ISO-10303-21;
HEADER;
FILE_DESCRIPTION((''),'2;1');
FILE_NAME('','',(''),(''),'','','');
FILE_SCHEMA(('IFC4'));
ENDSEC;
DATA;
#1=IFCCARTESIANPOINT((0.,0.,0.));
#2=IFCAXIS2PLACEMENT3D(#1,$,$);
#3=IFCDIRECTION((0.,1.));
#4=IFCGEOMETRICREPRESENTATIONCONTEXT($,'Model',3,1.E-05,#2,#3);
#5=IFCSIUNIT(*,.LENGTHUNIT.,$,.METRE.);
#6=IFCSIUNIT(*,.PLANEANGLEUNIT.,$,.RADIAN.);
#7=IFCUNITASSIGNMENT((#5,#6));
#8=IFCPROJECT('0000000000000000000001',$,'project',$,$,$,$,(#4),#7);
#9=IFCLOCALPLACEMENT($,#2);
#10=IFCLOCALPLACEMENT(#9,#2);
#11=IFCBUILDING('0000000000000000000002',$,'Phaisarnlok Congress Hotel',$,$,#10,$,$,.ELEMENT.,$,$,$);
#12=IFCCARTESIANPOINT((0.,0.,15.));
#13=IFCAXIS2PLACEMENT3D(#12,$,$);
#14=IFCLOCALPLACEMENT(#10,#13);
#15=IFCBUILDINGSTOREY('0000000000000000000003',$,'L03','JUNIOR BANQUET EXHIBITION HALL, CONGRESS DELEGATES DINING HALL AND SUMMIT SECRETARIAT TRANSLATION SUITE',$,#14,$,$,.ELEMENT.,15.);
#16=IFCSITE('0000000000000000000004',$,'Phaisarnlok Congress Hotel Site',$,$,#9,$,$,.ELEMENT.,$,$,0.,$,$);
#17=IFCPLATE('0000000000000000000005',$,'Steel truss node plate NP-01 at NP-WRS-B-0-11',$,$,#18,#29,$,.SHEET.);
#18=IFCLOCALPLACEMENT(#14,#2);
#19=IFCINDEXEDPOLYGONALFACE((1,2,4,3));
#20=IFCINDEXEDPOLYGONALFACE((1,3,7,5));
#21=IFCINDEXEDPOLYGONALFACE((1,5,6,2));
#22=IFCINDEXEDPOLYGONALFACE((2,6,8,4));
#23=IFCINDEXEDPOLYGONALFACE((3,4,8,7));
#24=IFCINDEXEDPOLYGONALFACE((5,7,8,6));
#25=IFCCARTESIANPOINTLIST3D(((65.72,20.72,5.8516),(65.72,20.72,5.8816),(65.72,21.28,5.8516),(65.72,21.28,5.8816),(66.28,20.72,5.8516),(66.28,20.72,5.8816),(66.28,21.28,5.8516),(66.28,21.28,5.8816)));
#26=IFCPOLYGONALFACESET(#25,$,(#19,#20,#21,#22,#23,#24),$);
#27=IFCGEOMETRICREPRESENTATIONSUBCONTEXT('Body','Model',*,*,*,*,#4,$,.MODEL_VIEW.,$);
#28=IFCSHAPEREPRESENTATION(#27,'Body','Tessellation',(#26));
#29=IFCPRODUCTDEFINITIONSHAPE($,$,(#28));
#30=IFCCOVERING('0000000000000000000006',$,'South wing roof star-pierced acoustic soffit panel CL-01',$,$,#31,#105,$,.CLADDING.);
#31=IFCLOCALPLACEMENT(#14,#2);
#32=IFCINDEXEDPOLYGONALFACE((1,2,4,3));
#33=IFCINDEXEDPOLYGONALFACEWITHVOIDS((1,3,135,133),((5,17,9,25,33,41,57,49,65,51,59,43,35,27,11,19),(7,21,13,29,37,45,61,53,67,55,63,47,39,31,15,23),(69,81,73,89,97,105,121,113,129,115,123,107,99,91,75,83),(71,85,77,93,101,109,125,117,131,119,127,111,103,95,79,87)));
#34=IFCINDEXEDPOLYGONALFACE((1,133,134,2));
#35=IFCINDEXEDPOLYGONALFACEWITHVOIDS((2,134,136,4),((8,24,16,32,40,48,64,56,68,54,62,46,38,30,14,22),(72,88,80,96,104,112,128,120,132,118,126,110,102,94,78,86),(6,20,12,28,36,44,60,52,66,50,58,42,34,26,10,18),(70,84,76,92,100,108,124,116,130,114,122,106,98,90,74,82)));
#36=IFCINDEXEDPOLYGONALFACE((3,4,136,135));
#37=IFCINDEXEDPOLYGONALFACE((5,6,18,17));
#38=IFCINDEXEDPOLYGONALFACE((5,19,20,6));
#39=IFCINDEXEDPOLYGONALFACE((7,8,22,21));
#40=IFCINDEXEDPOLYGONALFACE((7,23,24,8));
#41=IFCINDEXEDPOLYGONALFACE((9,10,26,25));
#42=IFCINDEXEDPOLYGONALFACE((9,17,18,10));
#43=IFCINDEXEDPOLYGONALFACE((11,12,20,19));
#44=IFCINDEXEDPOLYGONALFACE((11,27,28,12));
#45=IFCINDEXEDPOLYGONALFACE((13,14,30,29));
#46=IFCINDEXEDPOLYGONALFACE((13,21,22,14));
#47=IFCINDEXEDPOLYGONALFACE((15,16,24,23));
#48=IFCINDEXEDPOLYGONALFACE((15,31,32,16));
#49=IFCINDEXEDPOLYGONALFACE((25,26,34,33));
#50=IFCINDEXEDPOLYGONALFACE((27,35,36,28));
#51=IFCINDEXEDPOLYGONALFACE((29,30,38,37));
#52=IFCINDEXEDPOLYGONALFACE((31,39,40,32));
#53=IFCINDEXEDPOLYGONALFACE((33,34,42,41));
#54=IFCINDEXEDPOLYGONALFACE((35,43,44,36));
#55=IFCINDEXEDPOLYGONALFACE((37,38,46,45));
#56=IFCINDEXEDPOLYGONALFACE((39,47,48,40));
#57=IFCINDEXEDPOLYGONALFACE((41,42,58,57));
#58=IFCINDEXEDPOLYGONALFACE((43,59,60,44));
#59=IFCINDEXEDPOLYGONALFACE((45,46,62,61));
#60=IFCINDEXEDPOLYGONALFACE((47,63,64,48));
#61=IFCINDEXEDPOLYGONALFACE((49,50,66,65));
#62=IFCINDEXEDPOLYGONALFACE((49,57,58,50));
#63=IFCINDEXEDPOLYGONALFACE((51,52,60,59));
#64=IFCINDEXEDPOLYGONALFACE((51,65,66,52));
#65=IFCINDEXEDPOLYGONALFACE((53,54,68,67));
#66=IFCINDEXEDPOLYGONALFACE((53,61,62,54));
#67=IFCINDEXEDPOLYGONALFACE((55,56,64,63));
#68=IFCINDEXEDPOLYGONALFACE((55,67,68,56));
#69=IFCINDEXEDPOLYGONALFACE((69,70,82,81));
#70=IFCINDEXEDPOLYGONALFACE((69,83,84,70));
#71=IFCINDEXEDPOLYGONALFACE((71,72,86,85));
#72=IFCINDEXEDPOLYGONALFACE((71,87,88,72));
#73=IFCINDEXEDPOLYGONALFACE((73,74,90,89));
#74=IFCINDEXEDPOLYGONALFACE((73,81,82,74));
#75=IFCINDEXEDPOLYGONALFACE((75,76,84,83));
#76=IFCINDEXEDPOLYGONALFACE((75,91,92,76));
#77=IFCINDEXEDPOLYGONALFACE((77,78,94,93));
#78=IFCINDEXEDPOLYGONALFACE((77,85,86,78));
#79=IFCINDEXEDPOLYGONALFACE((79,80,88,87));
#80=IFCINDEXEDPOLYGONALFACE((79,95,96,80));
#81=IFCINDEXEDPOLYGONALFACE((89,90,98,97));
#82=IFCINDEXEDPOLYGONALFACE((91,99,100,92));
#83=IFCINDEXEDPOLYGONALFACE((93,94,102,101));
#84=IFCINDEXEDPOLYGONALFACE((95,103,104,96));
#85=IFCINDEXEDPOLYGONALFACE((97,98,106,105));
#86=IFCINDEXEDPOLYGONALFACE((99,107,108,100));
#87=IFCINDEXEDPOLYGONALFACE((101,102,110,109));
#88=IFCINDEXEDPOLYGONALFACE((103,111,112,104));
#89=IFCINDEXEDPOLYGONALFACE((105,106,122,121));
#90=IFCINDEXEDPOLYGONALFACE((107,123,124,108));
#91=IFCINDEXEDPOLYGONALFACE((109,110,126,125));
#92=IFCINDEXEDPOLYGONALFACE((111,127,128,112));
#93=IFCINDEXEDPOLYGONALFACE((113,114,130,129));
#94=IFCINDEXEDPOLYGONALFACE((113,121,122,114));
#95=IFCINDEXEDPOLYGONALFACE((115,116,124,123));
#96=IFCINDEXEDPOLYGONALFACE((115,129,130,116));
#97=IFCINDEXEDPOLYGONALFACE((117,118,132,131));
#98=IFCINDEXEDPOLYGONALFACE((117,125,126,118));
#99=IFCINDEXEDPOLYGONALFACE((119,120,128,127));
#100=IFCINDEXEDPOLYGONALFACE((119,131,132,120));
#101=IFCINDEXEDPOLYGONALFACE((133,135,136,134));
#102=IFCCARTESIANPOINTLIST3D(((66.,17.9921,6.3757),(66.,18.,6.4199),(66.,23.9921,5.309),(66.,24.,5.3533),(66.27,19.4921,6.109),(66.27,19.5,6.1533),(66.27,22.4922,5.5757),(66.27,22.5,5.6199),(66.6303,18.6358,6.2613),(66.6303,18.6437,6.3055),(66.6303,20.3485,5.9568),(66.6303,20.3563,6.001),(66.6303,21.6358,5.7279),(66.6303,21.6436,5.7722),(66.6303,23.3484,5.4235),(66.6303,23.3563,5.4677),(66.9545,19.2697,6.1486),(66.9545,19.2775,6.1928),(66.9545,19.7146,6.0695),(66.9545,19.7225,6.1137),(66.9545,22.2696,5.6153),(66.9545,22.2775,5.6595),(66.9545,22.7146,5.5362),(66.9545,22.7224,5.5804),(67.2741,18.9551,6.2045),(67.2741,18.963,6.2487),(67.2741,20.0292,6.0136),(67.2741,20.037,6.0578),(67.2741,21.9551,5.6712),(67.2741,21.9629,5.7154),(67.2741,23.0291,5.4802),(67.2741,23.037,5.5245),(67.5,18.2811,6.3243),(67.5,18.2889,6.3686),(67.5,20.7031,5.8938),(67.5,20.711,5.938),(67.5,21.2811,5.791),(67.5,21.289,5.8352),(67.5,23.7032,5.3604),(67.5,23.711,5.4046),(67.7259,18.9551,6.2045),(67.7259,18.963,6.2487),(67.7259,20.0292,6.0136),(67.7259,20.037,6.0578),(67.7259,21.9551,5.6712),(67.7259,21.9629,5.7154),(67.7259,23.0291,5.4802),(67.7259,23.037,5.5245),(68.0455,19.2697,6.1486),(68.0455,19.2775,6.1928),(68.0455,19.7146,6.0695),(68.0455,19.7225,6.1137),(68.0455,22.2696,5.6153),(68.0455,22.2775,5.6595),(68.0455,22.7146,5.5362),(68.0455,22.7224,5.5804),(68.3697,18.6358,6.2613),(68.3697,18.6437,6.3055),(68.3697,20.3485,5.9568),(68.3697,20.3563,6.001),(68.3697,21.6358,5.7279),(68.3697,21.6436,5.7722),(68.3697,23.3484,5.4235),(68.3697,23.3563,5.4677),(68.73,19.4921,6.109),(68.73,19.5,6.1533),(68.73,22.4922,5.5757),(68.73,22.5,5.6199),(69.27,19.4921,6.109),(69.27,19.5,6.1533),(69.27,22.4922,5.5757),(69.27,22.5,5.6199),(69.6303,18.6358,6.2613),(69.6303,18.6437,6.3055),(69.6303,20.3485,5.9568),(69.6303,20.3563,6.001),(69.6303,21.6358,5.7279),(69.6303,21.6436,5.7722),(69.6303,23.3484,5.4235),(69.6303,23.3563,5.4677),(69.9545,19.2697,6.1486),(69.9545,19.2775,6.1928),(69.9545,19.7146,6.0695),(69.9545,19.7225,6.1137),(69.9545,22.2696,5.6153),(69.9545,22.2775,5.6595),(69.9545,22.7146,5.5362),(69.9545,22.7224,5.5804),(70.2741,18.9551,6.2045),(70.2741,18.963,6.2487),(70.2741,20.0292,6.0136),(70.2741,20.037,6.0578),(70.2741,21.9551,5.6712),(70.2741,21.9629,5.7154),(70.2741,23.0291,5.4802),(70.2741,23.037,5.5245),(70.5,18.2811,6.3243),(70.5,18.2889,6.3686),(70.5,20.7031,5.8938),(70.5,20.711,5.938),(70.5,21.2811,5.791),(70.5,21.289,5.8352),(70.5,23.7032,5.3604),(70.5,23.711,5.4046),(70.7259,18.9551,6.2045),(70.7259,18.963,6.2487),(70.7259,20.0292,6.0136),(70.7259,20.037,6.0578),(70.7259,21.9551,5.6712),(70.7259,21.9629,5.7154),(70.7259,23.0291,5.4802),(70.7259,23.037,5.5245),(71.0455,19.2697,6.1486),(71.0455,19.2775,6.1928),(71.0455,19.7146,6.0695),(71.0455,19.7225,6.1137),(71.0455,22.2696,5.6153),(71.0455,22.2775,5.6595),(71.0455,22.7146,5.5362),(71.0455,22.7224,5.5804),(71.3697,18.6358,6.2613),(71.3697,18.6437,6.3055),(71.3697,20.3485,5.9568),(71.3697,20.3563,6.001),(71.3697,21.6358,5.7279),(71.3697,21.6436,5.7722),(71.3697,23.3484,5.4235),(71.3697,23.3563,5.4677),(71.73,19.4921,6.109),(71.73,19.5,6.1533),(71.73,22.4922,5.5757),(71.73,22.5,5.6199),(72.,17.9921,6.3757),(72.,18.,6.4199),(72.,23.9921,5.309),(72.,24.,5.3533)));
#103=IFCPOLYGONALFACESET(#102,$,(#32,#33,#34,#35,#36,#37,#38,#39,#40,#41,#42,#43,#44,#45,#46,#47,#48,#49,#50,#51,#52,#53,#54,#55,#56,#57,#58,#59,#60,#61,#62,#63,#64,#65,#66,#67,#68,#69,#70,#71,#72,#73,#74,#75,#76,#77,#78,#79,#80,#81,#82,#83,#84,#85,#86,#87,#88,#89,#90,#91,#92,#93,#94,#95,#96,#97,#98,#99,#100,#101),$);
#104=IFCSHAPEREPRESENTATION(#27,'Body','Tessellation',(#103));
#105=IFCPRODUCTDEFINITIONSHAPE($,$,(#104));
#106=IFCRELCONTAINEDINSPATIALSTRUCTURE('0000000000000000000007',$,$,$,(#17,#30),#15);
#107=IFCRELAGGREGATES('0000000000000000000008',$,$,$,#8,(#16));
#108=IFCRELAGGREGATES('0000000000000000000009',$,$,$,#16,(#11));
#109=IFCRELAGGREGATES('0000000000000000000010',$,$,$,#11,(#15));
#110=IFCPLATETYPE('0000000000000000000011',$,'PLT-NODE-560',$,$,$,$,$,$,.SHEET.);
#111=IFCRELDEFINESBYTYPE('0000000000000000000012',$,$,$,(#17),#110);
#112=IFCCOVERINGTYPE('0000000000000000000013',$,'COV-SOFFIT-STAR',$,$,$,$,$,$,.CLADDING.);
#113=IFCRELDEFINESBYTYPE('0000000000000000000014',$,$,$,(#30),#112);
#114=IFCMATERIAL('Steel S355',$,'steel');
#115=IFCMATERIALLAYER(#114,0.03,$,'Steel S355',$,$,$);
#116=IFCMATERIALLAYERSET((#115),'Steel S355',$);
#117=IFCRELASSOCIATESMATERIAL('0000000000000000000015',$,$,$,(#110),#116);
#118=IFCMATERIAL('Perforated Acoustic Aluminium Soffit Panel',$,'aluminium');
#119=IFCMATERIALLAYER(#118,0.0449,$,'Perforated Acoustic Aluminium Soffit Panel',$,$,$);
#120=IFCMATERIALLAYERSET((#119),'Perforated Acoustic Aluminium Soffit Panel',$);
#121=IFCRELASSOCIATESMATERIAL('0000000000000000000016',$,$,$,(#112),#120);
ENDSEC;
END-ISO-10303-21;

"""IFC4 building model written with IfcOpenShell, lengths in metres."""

from ifc_helpers import new_model, si_unit, direction, frame, origin, origin_2d, place, context, subcontext, project, spatial, polyline, rectangle, outline, extrude, material, layer, layer_set, type_object, element, save


model = new_model("IFC4")

# Units and contexts
model_context = context("Model", 3, precision=1e-05, world=origin(), true_north=direction((0.0, 1.0)))
body_context = subcontext(model_context, "Body", "Model", "MODEL_VIEW")
ifc_project = project(units=[si_unit("LENGTHUNIT", "METRE"), si_unit("PLANEANGLEUNIT", "RADIAN")], contexts=[model_context])

# Site, building, storey
site_placement = place(None, origin())
site = spatial("IfcSite", under=ifc_project, at=site_placement, Name="Phaisarnlok Congress Hotel Site", CompositionType="ELEMENT", RefElevation=0.0)
building_placement = place(site_placement, origin())
building = spatial("IfcBuilding", under=site, at=building_placement, Name="Phaisarnlok Congress Hotel", CompositionType="ELEMENT")
storey_placement = place(building_placement, frame((0.0, 0.0, 15.0)))
storey = spatial("IfcBuildingStorey", under=building, at=storey_placement, Name="L03", Description="JUNIOR BANQUET EXHIBITION HALL, CONGRESS DELEGATES DINING HALL AND SUMMIT SECRETARIAT TRANSLATION SUITE", CompositionType="ELEMENT", Elevation=15.0)

# Shared definitions
ifc_material_1 = material(Name="Steel S355", Category="steel")

# Plate
ifc_layer_1 = layer(ifc_material_1, 0.03, Name="Steel S355")
ifc_layer_set_1 = layer_set([ifc_layer_1], Name="Steel S355")
plate_type_1 = type_object("IfcPlateType", Name="PLT-NODE-560", PredefinedType="SHEET", material=ifc_layer_set_1)
for number, where, z_axis, x_axis, name in (
    (1, (66.0, 21.0, 5.8516), (0.0, 0.0, 1.0), (1.0, 0.0, 0.0), "Steel truss node plate NP-01 at NP-WRS-B-0-11"),
):
    element("IfcPlate", number, at=place(storey_placement, frame(where, z_axis=z_axis, x_axis=x_axis)), inside=storey, type_object=plate_type_1, Name=name, PredefinedType="SHEET", context=body_context, shape_type="SweptSolid", body=[
        extrude(rectangle(XDim=0.5601, YDim=0.5601, at=origin_2d()), origin(), (0.0, 0.0, 1.0), 0.03),
    ])

# Covering
ifc_material_2 = material(Name="Perforated Acoustic Aluminium Soffit Panel", Category="aluminium")
ifc_layer_2 = layer(ifc_material_2, 0.0449, Name="Perforated Acoustic Aluminium Soffit Panel")
ifc_layer_set_2 = layer_set([ifc_layer_2], Name="Perforated Acoustic Aluminium Soffit Panel")
covering_type = type_object("IfcCoveringType", Name="COV-SOFFIT-STAR", PredefinedType="CLADDING", material=ifc_layer_set_2)
covering_1_placement = place(storey_placement, frame((66.0, 24.0, 5.3533), z_axis=(0.0, -0.175031, -0.984563), x_axis=(1.0, 0.0, 0.0)))
element("IfcCovering", 2, at=covering_1_placement, inside=storey, type_object=covering_type, Name="South wing roof star-pierced acoustic soffit panel CL-01", PredefinedType="CLADDING", context=body_context, shape_type="SweptSolid", body=[
    extrude(outline(polyline([(0.0, 0.0), (6.0, 0.0), (6.0, 6.0941), (0.0, 6.0941), (0.0, 0.0)]), holes=[polyline([(2.0455, 1.2976), (2.3697, 0.6538), (1.7259, 0.9781), (1.5, 0.2935), (1.2741, 0.9781), (0.6303, 0.6538), (0.9545, 1.2976), (0.27, 1.5235), (0.9545, 1.7495), (0.6303, 2.3933), (1.2741, 2.069), (1.5, 2.7535), (1.7259, 2.069), (2.3697, 2.3933), (2.0455, 1.7495), (2.73, 1.5235), (2.0455, 1.2976)]), polyline([(2.0455, 4.3446), (2.3697, 3.7008), (1.7259, 4.0251), (1.5, 3.3406), (1.2741, 4.0251), (0.6303, 3.7008), (0.9545, 4.3446), (0.27, 4.5706), (0.9545, 4.7965), (0.6303, 5.4403), (1.2741, 5.116), (1.5, 5.8006), (1.7259, 5.116), (2.3697, 5.4403), (2.0455, 4.7965), (2.73, 4.5706), (2.0455, 4.3446)]), polyline([(5.0455, 1.2976), (5.3697, 0.6538), (4.7259, 0.9781), (4.5, 0.2935), (4.2741, 0.9781), (3.6303, 0.6538), (3.9545, 1.2976), (3.27, 1.5235), (3.9545, 1.7495), (3.6303, 2.3933), (4.2741, 2.069), (4.5, 2.7535), (4.7259, 2.069), (5.3697, 2.3933), (5.0455, 1.7495), (5.73, 1.5235), (5.0455, 1.2976)]), polyline([(5.0455, 4.3446), (5.3697, 3.7008), (4.7259, 4.0251), (4.5, 3.3406), (4.2741, 4.0251), (3.6303, 3.7008), (3.9545, 4.3446), (3.27, 4.5706), (3.9545, 4.7965), (3.6303, 5.4403), (4.2741, 5.116), (4.5, 5.8006), (4.7259, 5.116), (5.3697, 5.4403), (5.0455, 4.7965), (5.73, 4.5706), (5.0455, 4.3446)])]), origin(), (0.0, 0.0, 1.0), 0.0449),
])

save(model, "model.ifc")
